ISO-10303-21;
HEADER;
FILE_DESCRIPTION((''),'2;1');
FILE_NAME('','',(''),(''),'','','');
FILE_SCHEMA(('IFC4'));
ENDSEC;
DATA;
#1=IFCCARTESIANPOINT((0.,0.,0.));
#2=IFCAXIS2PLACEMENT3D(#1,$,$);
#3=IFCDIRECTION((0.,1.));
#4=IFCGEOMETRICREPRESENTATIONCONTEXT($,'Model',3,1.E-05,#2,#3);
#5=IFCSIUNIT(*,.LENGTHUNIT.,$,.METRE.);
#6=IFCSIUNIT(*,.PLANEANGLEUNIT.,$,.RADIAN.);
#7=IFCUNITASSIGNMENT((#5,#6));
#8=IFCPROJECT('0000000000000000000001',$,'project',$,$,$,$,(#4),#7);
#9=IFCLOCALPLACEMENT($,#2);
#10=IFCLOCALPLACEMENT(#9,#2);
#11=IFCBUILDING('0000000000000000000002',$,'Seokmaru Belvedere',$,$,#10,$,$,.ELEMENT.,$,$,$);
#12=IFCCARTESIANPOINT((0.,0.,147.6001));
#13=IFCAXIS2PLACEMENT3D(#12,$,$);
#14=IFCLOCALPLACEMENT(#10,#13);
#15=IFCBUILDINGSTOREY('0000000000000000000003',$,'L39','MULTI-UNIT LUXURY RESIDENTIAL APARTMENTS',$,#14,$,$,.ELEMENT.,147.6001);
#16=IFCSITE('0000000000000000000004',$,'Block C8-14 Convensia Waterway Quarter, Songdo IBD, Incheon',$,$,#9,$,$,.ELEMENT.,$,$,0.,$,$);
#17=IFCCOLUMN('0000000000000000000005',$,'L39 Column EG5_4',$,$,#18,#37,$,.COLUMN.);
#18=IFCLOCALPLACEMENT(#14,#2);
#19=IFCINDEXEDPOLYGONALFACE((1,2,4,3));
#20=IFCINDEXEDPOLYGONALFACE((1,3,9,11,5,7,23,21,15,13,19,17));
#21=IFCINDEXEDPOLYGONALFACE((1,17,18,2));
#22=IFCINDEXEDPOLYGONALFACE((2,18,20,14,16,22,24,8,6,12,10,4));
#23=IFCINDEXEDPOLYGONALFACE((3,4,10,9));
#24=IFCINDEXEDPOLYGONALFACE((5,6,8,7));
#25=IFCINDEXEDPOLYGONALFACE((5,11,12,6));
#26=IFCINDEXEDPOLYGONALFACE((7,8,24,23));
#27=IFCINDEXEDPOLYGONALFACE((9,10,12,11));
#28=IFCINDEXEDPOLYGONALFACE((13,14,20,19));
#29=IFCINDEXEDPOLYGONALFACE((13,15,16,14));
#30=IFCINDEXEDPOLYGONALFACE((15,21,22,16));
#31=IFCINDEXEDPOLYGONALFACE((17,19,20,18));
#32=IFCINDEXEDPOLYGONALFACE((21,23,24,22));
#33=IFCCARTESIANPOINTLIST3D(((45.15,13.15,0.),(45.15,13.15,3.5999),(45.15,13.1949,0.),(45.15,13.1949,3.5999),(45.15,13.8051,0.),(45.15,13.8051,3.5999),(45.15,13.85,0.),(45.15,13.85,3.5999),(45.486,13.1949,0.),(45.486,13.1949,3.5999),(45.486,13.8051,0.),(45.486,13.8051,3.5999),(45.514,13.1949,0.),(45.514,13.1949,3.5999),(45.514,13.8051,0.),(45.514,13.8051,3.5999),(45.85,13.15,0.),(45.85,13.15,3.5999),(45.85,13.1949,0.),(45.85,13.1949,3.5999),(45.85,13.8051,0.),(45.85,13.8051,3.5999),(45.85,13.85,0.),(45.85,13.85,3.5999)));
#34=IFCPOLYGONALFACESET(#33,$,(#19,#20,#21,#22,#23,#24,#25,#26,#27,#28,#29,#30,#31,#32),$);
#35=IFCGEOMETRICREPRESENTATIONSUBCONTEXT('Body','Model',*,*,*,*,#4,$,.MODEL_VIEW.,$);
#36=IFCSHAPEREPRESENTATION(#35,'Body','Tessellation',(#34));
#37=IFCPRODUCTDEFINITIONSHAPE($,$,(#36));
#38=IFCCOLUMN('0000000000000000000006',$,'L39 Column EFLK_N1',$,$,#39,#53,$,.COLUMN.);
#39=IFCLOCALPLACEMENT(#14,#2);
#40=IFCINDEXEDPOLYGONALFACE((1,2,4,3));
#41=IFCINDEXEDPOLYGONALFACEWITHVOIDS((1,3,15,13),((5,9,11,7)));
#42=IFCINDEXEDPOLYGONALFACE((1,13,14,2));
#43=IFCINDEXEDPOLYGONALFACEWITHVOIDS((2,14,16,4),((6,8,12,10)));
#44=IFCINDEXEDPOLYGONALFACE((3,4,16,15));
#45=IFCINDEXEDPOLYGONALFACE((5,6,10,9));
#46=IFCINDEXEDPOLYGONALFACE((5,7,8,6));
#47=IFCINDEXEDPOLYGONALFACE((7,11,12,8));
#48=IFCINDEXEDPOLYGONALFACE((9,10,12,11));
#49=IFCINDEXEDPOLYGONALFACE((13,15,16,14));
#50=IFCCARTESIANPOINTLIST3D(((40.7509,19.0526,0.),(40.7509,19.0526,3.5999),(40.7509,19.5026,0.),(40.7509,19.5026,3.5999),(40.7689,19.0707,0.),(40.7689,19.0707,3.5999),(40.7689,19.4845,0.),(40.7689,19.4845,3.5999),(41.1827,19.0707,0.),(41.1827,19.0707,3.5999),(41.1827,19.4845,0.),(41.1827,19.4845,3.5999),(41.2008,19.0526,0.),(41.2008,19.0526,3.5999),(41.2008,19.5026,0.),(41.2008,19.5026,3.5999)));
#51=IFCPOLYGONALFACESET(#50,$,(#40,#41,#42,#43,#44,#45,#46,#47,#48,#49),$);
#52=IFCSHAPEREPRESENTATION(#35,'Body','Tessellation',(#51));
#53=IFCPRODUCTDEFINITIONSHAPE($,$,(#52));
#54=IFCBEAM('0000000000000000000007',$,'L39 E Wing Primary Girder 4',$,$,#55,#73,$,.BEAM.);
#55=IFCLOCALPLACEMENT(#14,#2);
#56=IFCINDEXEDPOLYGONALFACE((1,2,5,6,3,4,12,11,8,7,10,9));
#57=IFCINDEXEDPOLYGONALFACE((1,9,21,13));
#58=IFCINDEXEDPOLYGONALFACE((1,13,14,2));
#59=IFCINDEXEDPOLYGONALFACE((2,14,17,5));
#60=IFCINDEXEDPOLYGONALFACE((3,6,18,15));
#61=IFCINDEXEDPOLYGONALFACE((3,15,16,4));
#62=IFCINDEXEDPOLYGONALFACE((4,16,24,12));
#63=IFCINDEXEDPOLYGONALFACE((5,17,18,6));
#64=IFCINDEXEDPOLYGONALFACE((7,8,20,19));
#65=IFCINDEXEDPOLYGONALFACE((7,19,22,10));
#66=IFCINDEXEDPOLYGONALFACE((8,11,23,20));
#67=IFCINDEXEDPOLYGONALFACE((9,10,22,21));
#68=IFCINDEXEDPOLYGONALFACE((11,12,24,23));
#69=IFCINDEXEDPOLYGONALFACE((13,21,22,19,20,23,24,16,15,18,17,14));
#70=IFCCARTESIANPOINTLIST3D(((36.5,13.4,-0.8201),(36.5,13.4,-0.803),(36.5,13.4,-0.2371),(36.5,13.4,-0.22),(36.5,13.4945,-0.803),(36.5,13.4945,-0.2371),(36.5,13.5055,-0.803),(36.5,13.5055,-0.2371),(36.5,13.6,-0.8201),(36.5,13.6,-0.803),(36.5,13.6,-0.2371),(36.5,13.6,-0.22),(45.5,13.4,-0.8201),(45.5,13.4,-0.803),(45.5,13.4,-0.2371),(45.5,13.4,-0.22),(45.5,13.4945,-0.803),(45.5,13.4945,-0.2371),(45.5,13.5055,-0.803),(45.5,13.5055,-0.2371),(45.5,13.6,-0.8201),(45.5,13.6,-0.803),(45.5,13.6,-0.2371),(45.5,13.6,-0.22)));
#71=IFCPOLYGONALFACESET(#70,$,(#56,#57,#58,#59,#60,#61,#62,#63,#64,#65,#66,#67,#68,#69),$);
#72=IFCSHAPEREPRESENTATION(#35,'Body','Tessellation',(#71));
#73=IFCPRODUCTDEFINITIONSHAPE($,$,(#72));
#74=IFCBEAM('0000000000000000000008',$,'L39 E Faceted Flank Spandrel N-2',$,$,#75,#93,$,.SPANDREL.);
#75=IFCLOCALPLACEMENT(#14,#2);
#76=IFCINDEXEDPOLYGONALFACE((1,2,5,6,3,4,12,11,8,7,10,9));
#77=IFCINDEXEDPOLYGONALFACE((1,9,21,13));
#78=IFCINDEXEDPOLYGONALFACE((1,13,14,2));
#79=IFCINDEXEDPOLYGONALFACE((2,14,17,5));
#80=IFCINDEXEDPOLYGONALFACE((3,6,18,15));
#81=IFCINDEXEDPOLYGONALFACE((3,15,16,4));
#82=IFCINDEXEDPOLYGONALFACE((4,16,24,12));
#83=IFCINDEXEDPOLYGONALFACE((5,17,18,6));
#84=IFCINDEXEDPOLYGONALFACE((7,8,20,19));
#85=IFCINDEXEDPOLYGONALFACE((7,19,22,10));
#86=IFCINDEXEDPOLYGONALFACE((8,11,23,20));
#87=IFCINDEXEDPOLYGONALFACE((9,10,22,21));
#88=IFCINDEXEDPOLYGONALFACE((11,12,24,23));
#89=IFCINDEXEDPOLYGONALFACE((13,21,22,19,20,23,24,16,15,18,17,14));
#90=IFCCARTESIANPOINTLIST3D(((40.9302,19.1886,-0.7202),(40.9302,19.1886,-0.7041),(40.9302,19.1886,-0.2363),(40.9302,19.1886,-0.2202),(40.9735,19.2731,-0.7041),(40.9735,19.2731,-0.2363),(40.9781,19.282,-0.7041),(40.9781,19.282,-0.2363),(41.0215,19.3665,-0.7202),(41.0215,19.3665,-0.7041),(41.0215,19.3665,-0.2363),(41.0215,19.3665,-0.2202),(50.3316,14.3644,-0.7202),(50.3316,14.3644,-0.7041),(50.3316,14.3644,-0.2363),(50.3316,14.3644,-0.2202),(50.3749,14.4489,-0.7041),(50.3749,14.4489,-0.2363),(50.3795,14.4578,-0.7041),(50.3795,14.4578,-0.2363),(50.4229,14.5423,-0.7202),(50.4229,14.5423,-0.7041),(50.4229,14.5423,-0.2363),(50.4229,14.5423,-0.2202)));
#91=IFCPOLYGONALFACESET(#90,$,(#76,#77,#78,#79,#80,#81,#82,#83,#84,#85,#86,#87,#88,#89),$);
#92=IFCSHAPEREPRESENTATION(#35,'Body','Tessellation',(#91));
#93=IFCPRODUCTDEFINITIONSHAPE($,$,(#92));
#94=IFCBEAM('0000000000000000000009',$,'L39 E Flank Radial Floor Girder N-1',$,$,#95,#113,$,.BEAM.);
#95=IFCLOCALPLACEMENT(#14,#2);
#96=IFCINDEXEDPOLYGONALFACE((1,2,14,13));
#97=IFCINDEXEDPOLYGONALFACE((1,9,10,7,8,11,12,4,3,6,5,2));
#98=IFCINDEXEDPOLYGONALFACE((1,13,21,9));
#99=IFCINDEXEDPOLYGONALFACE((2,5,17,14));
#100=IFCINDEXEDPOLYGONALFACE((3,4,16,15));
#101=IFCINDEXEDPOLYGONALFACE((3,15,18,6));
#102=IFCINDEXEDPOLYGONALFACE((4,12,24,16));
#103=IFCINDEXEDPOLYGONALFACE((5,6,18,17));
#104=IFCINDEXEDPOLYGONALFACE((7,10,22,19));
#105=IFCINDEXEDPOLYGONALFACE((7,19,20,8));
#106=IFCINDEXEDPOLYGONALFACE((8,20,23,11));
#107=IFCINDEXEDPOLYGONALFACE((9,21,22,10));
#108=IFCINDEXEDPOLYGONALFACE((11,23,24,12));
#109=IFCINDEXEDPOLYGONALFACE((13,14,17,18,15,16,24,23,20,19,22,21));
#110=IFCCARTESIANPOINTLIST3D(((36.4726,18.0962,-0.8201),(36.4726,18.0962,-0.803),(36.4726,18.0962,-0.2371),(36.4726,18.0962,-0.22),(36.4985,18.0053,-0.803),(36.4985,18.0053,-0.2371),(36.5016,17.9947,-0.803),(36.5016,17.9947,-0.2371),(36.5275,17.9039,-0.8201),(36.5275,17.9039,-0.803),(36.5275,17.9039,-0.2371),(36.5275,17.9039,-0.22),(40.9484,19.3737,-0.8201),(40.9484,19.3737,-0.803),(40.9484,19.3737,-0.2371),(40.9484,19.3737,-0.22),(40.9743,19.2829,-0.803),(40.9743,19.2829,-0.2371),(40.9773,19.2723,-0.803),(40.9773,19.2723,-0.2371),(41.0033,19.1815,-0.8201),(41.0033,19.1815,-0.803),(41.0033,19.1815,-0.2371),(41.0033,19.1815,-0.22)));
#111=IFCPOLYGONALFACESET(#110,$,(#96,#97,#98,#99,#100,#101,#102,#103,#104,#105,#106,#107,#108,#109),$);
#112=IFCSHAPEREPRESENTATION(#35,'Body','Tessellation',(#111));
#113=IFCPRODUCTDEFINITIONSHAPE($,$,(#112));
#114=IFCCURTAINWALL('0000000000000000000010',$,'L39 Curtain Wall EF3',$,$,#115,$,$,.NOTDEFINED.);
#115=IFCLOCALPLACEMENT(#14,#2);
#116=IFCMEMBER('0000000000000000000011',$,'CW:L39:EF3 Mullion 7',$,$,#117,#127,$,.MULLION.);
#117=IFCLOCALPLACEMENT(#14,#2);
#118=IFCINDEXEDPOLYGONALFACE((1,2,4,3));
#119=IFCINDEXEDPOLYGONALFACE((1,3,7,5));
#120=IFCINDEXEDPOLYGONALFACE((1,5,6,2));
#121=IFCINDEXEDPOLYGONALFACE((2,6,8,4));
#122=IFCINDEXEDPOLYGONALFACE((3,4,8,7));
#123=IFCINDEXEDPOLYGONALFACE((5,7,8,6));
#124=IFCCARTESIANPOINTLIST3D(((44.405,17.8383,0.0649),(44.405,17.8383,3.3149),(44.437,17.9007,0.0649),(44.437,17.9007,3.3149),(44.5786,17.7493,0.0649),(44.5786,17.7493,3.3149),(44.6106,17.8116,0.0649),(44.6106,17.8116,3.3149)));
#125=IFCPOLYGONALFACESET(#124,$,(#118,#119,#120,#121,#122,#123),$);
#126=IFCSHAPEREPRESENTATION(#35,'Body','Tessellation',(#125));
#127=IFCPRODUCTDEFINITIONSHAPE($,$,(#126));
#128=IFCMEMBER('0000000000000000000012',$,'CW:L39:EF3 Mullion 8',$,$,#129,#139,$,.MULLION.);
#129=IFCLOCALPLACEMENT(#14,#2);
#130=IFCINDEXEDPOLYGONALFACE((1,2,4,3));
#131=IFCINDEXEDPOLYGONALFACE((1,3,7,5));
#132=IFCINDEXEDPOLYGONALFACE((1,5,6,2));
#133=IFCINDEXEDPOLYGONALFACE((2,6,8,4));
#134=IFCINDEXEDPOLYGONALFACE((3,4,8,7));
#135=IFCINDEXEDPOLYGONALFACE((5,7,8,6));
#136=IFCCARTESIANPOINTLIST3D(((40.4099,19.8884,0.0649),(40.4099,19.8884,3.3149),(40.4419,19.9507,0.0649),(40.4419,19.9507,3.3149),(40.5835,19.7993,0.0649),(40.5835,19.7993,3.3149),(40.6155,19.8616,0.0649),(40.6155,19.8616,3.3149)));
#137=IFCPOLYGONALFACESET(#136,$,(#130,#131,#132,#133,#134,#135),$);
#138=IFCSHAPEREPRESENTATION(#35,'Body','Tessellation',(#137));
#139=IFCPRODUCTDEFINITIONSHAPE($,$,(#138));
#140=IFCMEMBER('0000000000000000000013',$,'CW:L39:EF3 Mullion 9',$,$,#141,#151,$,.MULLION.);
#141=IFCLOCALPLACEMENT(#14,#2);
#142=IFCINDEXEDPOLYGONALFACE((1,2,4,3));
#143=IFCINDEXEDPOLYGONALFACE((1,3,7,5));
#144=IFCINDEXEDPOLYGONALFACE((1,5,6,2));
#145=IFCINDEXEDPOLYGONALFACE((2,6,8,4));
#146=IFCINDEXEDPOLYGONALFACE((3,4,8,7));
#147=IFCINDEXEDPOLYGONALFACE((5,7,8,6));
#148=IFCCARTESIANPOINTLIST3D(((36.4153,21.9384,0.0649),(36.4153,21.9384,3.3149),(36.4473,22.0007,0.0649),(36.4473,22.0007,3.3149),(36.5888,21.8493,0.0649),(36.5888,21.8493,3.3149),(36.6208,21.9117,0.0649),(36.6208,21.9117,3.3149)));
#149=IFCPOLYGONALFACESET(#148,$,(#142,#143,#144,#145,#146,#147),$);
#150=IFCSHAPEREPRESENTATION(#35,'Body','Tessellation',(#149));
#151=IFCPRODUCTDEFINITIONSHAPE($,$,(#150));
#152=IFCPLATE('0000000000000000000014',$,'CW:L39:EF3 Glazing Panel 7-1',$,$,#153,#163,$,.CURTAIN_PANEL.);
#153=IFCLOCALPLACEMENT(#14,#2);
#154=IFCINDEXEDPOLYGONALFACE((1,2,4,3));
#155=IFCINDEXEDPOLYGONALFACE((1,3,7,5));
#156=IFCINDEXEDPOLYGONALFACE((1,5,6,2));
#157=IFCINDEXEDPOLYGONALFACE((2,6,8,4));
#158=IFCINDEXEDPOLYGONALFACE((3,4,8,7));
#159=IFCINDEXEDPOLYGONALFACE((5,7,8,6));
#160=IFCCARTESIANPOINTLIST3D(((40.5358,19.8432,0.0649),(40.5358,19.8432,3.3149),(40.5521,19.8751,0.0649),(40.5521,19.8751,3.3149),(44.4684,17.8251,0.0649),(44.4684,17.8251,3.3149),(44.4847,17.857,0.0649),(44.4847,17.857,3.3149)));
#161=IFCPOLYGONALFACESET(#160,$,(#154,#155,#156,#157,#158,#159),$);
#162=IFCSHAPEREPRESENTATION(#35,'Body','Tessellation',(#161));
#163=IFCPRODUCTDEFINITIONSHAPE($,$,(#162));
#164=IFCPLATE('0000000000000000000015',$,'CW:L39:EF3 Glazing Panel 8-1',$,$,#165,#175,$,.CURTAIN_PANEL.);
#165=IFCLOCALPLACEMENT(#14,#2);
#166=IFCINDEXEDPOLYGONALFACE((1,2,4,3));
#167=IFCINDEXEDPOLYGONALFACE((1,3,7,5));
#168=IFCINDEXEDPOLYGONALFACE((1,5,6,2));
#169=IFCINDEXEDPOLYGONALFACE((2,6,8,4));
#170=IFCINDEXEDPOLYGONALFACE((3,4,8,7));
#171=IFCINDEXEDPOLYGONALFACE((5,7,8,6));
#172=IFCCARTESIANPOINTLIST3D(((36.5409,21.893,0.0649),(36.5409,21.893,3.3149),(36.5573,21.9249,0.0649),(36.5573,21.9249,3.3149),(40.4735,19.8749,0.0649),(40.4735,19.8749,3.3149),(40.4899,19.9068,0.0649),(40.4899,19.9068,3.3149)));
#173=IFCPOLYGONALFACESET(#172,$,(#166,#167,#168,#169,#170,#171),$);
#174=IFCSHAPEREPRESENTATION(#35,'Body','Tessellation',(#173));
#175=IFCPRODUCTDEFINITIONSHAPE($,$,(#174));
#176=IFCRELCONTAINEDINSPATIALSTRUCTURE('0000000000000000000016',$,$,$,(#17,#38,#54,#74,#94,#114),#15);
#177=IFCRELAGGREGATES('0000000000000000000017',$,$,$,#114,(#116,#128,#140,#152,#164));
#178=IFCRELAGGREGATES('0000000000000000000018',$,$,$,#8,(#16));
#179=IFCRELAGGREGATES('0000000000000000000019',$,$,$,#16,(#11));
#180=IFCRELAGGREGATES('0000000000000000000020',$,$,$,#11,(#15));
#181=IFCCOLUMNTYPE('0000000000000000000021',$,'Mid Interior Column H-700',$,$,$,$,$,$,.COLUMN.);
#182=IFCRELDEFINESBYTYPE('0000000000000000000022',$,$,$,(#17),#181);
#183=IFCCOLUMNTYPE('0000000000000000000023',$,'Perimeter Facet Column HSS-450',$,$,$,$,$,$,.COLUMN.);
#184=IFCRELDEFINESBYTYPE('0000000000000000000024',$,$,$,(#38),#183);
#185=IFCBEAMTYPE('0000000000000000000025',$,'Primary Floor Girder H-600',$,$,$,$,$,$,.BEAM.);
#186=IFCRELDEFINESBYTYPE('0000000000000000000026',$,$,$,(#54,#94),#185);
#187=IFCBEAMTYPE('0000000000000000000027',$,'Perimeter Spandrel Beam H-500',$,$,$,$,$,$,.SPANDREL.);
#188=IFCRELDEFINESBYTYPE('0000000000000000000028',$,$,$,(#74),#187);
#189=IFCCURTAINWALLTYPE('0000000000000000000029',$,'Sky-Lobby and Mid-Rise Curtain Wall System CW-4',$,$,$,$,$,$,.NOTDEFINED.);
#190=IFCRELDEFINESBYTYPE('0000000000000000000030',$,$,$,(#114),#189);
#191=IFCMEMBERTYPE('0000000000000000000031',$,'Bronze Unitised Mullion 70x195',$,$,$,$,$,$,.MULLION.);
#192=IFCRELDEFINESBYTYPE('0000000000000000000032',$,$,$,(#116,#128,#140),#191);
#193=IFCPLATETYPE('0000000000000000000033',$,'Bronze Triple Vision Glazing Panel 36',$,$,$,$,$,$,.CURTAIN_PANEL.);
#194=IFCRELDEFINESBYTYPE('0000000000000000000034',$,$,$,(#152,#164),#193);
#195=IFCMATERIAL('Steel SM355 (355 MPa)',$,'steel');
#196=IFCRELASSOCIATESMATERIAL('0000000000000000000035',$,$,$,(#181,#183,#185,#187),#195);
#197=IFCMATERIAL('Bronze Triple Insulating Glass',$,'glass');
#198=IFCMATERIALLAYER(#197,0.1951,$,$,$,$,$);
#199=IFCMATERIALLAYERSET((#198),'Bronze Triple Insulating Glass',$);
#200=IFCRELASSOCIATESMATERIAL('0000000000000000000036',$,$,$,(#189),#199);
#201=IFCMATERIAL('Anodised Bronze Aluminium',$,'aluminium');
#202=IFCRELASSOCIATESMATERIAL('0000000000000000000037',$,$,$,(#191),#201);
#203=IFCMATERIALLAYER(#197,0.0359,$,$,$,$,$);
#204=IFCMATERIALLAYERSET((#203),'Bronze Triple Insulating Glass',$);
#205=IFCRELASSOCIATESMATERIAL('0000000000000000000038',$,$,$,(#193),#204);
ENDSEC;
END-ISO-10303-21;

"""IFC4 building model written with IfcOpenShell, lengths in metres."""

from ifc_helpers import new_model, si_unit, direction, frame, origin, origin_2d, place, context, subcontext, project, spatial, rectangle, hollow_rectangle, i_section, extrude, source, transform, mapped, material, layer, layer_set, material_profile, profile_set, type_object, type_shapes, element, aggregate, save


model = new_model("IFC4")

# Units and contexts
model_context = context("Model", 3, precision=1e-05, world=origin(), true_north=direction((0.0, 1.0)))
body_context = subcontext(model_context, "Body", "Model", "MODEL_VIEW")
ifc_project = project(units=[si_unit("LENGTHUNIT", "METRE"), si_unit("PLANEANGLEUNIT", "RADIAN")], contexts=[model_context])

# Site, building, storey
site_placement = place(None, origin())
site = spatial("IfcSite", under=ifc_project, at=site_placement, Name="Block C8-14 Convensia Waterway Quarter, Songdo IBD, Incheon", CompositionType="ELEMENT", RefElevation=0.0)
building_placement = place(site_placement, origin())
building = spatial("IfcBuilding", under=site, at=building_placement, Name="Seokmaru Belvedere", CompositionType="ELEMENT")
storey_placement = place(building_placement, frame((0.0, 0.0, 147.6001)))
storey = spatial("IfcBuildingStorey", under=building, at=storey_placement, Name="L39", Description="MULTI-UNIT LUXURY RESIDENTIAL APARTMENTS", CompositionType="ELEMENT", Elevation=147.6001)

# Columns
ifc_material_1 = material(Name="Steel SM355 (355 MPa)", Category="steel")
ifc_material_profile_1 = material_profile(ifc_material_1, i_section(OverallWidth=0.7, OverallDepth=0.7, WebThickness=0.0281, FlangeThickness=0.0449, at=origin_2d()), Name="H-700x700x28x45")
ifc_profile_set_1 = profile_set([ifc_material_profile_1], Name="Steel SM355 (355 MPa)")
column_type_1 = type_object("IfcColumnType", Name="Mid Interior Column H-700", PredefinedType="COLUMN", material=ifc_profile_set_1)
shared_shape_1 = source(origin(), body_context, "Body", "SweptSolid", [
    extrude(i_section(OverallWidth=0.7, OverallDepth=0.7, WebThickness=0.0281, FlangeThickness=0.0449, at=origin_2d()), origin(), (0.0, 0.0, 1.0), 3.5999),
])
type_shapes(column_type_1, [shared_shape_1])
column_1_placement = place(storey_placement, frame((45.5, 13.5, 0.0), z_axis=(0.0, 0.0, 1.0), x_axis=(1.0, 0.0, 0.0)))
element("IfcColumn", 1, at=column_1_placement, inside=storey, type_object=column_type_1, Name="L39 Column EG5_4", PredefinedType="COLUMN", context=body_context, shape_type="MappedRepresentation", body=[
    mapped(shared_shape_1, transform((0.0, 0.0, 0.0), scale=1.0)),
])
ifc_material_profile_2 = material_profile(ifc_material_1, hollow_rectangle(XDim=0.45, YDim=0.45, WallThickness=0.0181, at=origin_2d()), Name="HSS-450x450x18")
ifc_profile_set_2 = profile_set([ifc_material_profile_2], Name="Steel SM355 (355 MPa)")
column_type_2 = type_object("IfcColumnType", Name="Perimeter Facet Column HSS-450", PredefinedType="COLUMN", material=ifc_profile_set_2)
shared_shape_2 = source(origin(), body_context, "Body", "SweptSolid", [
    extrude(hollow_rectangle(XDim=0.45, YDim=0.45, WallThickness=0.0181, at=origin_2d()), origin(), (0.0, 0.0, 1.0), 3.5999),
])
type_shapes(column_type_2, [shared_shape_2])
column_2_placement = place(storey_placement, frame((40.9758, 19.2776, 0.0), z_axis=(0.0, 0.0, 1.0), x_axis=(1.0, 0.0, 0.0)))
element("IfcColumn", 2, at=column_2_placement, inside=storey, type_object=column_type_2, Name="L39 Column EFLK_N1", PredefinedType="COLUMN", context=body_context, shape_type="MappedRepresentation", body=[
    mapped(shared_shape_2, transform((0.0, 0.0, 0.0), scale=1.0)),
])

# Beams
ifc_material_profile_3 = material_profile(ifc_material_1, i_section(OverallWidth=0.2, OverallDepth=0.6001, WebThickness=0.011, FlangeThickness=0.0171, at=origin_2d()), Name="H-600x200x11x17")
ifc_profile_set_3 = profile_set([ifc_material_profile_3], Name="Steel SM355 (355 MPa)")
beam_type_1 = type_object("IfcBeamType", Name="Primary Floor Girder H-600", PredefinedType="BEAM", material=ifc_profile_set_3)
shared_shape_3 = source(origin(), body_context, "Body", "SweptSolid", [
    extrude(i_section(OverallWidth=0.2, OverallDepth=0.6001, WebThickness=0.011, FlangeThickness=0.0171, at=origin_2d()), origin(), (0.0, 0.0, 1.0), 9.0),
])
beam_1_placement = place(storey_placement, frame((36.5, 13.5, -0.52), z_axis=(1.0, 0.0, 0.0), x_axis=(0.0, 1.0, 0.0)))
element("IfcBeam", 3, at=beam_1_placement, inside=storey, type_object=beam_type_1, Name="L39 E Wing Primary Girder 4", PredefinedType="BEAM", context=body_context, shape_type="MappedRepresentation", body=[
    mapped(shared_shape_3, transform((0.0, 0.0, 0.0), scale=1.0)),
])
ifc_material_profile_4 = material_profile(ifc_material_1, i_section(OverallWidth=0.2, OverallDepth=0.5, WebThickness=0.01, FlangeThickness=0.0161, at=origin_2d()), Name="H-500x200x10x16")
ifc_profile_set_4 = profile_set([ifc_material_profile_4], Name="Steel SM355 (355 MPa)")
beam_type_2 = type_object("IfcBeamType", Name="Perimeter Spandrel Beam H-500", PredefinedType="SPANDREL", material=ifc_profile_set_4)
shared_shape_4 = source(origin(), body_context, "Body", "SweptSolid", [
    extrude(i_section(OverallWidth=0.2, OverallDepth=0.5, WebThickness=0.01, FlangeThickness=0.0161, at=origin_2d()), origin(), (0.0, 0.0, 1.0), 10.5669),
])
type_shapes(beam_type_2, [shared_shape_4])
beam_2_placement = place(storey_placement, frame((40.9758, 19.2776, -0.4702), z_axis=(0.889702, -0.456542, 0.0), x_axis=(0.456542, 0.889702, 0.0)))
element("IfcBeam", 4, at=beam_2_placement, inside=storey, type_object=beam_type_2, Name="L39 E Faceted Flank Spandrel N-2", PredefinedType="SPANDREL", context=body_context, shape_type="MappedRepresentation", body=[
    mapped(shared_shape_4, transform((0.0, 0.0, 0.0), scale=1.0)),
])
shared_shape_5 = source(origin(), body_context, "Body", "SweptSolid", [
    extrude(i_section(OverallWidth=0.2, OverallDepth=0.6001, WebThickness=0.011, FlangeThickness=0.0171, at=origin_2d()), origin(), (0.0, 0.0, 1.0), 4.6545),
])
type_shapes(beam_type_1, [shared_shape_3, shared_shape_5])
beam_3_placement = place(storey_placement, frame((40.9758, 19.2776, -0.52), z_axis=(-0.961593, -0.274479, 0.0), x_axis=(0.274479, -0.961593, 0.0)))
element("IfcBeam", 5, at=beam_3_placement, inside=storey, type_object=beam_type_1, Name="L39 E Flank Radial Floor Girder N-1", PredefinedType="BEAM", context=body_context, shape_type="MappedRepresentation", body=[
    mapped(shared_shape_5, transform((0.0, 0.0, 0.0), scale=1.0)),
])

# Curtain wall, members, plates
ifc_material_2 = material(Name="Bronze Triple Insulating Glass", Category="glass")
ifc_layer_1 = layer(ifc_material_2, 0.1951)
ifc_layer_set_1 = layer_set([ifc_layer_1], Name="Bronze Triple Insulating Glass")
curtain_wall_type = type_object("IfcCurtainWallType", Name="Sky-Lobby and Mid-Rise Curtain Wall System CW-4", PredefinedType="NOTDEFINED", material=ifc_layer_set_1)
curtain_wall_placement = place(storey_placement, origin())
curtain_wall = element("IfcCurtainWall", 6, at=curtain_wall_placement, inside=storey, type_object=curtain_wall_type, Name="L39 Curtain Wall EF3", PredefinedType="NOTDEFINED")
ifc_material_3 = material(Name="Anodised Bronze Aluminium", Category="aluminium")
ifc_material_profile_5 = material_profile(ifc_material_3, rectangle(XDim=0.0701, YDim=0.1951, at=origin_2d()), Name="CW-M-70x195")
ifc_profile_set_5 = profile_set([ifc_material_profile_5], Name="Anodised Bronze Aluminium")
member_type = type_object("IfcMemberType", Name="Bronze Unitised Mullion 70x195", PredefinedType="MULLION", material=ifc_profile_set_5)
shared_shape_6 = source(origin(), body_context, "Body", "SweptSolid", [
    extrude(rectangle(XDim=0.0701, YDim=0.1951, at=origin_2d()), origin(), (0.0, 0.0, 1.0), 3.25),
])
type_shapes(member_type, [shared_shape_6])
member_1_placement = place(storey_placement, frame((44.5078, 17.825, 0.0649), z_axis=(0.0, 0.0, 1.0), x_axis=(-0.456555, -0.889695, 0.0)))
member_1 = element("IfcMember", 7, at=member_1_placement, type_object=member_type, Name="CW:L39:EF3 Mullion 7", PredefinedType="MULLION", context=body_context, shape_type="MappedRepresentation", body=[
    mapped(shared_shape_6, transform((0.0, 0.0, 0.0), scale=1.0)),
])
member_2_placement = place(storey_placement, frame((40.5127, 19.875, 0.0649), z_axis=(0.0, 0.0, 1.0), x_axis=(-0.456555, -0.889695, 0.0)))
member_2 = element("IfcMember", 8, at=member_2_placement, type_object=member_type, Name="CW:L39:EF3 Mullion 8", PredefinedType="MULLION", context=body_context, shape_type="MappedRepresentation", body=[
    mapped(shared_shape_6, transform((0.0, 0.0, 0.0), scale=1.0)),
])
member_3_placement = place(storey_placement, frame((36.5181, 21.925, 0.0649), z_axis=(0.0, 0.0, 1.0), x_axis=(-0.456555, -0.889695, 0.0)))
member_3 = element("IfcMember", 9, at=member_3_placement, type_object=member_type, Name="CW:L39:EF3 Mullion 9", PredefinedType="MULLION", context=body_context, shape_type="MappedRepresentation", body=[
    mapped(shared_shape_6, transform((0.0, 0.0, 0.0), scale=1.0)),
])
ifc_layer_2 = layer(ifc_material_2, 0.0359)
ifc_layer_set_2 = layer_set([ifc_layer_2], Name="Bronze Triple Insulating Glass")
plate_type = type_object("IfcPlateType", Name="Bronze Triple Vision Glazing Panel 36", PredefinedType="CURTAIN_PANEL", material=ifc_layer_set_2)
shared_shape_7 = source(origin(), body_context, "Body", "SweptSolid", [
    extrude(rectangle(XDim=4.4202, YDim=0.0359, at=origin_2d()), origin(), (0.0, 0.0, 1.0), 3.25),
])
type_shapes(plate_type, [shared_shape_7])
plate_1_placement = place(storey_placement, frame((42.5103, 18.8501, 0.0649), z_axis=(0.0, 0.0, 1.0), x_axis=(-0.889695, 0.456555, 0.0)))
plate_1 = element("IfcPlate", 10, at=plate_1_placement, type_object=plate_type, Name="CW:L39:EF3 Glazing Panel 7-1", PredefinedType="CURTAIN_PANEL", context=body_context, shape_type="MappedRepresentation", body=[
    mapped(shared_shape_7, transform((0.0, 0.0, 0.0), scale=1.0)),
])
plate_2_placement = place(storey_placement, frame((38.5154, 20.8999, 0.0649), z_axis=(0.0, 0.0, 1.0), x_axis=(-0.889695, 0.456555, 0.0)))
plate_2 = element("IfcPlate", 11, at=plate_2_placement, type_object=plate_type, Name="CW:L39:EF3 Glazing Panel 8-1", PredefinedType="CURTAIN_PANEL", context=body_context, shape_type="MappedRepresentation", body=[
    mapped(shared_shape_7, transform((0.0, 0.0, 0.0), scale=1.0)),
])
aggregate(curtain_wall, [member_1, member_2, member_3, plate_1, plate_2])

save(model, "model.ifc")
